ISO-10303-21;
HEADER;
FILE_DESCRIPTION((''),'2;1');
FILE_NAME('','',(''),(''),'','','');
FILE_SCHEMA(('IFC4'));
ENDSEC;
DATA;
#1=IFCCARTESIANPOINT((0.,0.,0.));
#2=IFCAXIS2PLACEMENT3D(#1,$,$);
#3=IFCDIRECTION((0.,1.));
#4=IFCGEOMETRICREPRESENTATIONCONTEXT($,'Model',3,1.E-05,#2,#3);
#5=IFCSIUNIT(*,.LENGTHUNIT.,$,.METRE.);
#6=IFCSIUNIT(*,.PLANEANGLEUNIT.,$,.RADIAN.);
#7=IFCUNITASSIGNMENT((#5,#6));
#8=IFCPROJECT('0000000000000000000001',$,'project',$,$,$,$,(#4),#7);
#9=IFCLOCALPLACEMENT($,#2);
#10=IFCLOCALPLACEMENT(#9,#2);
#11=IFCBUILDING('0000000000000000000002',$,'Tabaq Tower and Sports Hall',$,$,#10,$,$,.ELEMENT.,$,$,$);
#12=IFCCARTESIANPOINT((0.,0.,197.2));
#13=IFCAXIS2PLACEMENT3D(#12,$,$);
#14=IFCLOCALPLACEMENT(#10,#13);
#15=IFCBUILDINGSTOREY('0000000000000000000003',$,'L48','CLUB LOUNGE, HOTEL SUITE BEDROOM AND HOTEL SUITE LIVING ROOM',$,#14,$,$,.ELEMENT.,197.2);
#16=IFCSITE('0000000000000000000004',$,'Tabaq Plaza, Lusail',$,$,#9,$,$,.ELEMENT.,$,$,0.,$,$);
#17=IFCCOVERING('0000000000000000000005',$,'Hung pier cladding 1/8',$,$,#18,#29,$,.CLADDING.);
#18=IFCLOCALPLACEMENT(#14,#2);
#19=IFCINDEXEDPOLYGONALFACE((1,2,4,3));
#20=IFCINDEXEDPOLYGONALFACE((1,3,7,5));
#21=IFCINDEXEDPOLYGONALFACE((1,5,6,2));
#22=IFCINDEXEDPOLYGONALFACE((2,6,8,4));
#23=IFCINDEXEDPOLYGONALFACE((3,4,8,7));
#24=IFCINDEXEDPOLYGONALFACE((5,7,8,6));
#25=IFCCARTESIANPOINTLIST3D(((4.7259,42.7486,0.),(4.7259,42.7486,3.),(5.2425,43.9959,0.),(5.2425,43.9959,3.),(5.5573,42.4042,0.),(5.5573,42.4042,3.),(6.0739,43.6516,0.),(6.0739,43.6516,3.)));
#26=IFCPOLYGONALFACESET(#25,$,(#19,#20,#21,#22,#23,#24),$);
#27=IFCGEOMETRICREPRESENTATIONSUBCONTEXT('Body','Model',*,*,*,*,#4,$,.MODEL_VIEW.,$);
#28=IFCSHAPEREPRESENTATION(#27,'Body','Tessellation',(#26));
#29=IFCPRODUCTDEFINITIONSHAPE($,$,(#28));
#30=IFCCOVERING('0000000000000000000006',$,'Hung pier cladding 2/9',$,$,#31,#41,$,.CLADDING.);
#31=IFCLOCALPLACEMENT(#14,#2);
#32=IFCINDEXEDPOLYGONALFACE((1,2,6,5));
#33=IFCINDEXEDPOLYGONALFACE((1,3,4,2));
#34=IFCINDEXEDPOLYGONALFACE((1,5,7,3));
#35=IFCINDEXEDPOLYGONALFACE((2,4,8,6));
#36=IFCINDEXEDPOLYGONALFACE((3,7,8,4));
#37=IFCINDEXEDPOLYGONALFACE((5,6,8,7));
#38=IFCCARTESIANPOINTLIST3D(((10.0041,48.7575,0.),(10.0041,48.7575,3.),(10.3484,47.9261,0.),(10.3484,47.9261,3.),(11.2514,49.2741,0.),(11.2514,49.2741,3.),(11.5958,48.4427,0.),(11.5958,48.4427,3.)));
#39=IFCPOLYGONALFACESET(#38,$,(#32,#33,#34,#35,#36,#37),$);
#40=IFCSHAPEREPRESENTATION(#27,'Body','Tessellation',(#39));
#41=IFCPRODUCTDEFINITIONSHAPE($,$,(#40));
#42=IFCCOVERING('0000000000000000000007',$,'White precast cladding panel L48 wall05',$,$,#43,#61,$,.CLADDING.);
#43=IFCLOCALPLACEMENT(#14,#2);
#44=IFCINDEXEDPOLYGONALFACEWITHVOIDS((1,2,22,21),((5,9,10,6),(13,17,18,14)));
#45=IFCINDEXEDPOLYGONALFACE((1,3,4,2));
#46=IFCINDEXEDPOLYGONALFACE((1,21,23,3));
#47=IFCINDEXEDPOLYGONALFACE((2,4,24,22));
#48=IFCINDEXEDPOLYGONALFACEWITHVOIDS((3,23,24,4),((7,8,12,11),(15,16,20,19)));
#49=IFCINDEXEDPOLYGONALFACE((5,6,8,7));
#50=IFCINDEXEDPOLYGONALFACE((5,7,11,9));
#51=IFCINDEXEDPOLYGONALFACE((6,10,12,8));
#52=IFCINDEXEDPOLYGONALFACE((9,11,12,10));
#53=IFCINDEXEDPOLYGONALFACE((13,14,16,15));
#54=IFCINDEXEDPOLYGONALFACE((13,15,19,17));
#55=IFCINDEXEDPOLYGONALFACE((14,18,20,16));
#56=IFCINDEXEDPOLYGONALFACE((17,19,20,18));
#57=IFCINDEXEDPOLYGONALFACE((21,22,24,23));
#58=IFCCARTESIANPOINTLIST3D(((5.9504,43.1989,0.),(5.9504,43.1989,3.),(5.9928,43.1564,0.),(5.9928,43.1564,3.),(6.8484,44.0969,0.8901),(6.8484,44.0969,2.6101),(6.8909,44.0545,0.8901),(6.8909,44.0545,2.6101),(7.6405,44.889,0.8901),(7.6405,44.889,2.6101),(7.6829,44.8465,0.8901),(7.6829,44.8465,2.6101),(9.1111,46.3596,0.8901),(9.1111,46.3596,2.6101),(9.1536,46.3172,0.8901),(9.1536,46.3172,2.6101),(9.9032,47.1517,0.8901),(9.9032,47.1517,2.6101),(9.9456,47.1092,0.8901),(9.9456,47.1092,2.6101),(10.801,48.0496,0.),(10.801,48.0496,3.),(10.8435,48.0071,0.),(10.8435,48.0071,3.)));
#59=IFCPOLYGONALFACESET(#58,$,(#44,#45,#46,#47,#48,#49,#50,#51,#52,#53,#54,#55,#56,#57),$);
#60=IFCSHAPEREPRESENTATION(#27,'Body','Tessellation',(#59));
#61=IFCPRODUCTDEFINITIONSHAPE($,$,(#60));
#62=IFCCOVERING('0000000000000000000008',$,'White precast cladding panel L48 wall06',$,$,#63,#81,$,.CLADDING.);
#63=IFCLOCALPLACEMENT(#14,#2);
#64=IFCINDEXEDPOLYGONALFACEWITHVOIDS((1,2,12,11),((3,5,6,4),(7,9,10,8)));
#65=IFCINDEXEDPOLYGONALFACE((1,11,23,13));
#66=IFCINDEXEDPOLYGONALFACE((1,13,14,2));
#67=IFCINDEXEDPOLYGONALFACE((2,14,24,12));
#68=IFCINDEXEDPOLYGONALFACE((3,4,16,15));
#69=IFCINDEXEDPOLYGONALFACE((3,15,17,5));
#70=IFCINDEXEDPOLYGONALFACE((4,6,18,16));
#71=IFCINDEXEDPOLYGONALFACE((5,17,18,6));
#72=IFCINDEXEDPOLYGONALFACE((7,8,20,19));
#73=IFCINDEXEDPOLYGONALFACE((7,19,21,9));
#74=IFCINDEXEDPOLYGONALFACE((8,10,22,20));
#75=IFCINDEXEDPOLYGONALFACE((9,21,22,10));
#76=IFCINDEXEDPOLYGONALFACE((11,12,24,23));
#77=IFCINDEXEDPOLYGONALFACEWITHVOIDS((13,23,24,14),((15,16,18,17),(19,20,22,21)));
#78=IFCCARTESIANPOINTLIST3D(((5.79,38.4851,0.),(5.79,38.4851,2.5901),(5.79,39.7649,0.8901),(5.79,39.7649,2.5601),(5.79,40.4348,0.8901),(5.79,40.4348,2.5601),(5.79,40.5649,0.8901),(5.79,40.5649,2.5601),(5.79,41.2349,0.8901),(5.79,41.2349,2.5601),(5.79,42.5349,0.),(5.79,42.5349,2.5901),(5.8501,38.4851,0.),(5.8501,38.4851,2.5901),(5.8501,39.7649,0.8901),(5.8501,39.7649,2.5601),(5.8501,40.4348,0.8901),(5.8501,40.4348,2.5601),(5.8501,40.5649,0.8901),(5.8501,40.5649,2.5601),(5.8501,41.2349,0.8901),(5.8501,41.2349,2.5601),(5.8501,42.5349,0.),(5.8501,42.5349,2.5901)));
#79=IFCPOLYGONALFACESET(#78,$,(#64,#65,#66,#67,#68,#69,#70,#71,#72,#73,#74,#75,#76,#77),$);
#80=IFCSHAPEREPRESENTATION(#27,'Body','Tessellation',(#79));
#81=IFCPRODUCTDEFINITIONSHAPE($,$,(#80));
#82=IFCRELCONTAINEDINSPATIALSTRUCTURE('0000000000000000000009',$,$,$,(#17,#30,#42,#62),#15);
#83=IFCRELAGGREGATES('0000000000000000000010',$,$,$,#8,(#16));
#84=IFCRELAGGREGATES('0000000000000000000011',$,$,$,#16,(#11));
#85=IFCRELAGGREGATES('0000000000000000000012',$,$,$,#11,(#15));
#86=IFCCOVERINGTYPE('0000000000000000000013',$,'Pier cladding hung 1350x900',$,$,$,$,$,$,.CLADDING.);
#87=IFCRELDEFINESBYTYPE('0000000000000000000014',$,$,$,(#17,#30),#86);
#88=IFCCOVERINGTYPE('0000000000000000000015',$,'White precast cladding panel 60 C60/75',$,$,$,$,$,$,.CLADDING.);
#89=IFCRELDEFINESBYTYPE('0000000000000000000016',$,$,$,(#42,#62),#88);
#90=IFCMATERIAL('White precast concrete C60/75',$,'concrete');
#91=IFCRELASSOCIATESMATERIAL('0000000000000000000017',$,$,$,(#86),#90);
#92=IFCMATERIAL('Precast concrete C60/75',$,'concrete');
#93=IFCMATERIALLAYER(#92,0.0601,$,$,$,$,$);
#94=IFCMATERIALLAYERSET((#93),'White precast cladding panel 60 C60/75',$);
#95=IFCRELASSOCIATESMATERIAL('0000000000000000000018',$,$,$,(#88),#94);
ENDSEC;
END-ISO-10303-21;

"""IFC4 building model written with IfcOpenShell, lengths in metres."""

from ifc_helpers import new_model, si_unit, direction, frame, frame_2d, origin, place, context, subcontext, project, spatial, polyline, rectangle, outline, extrude, material, layer, layer_set, type_object, element, save


model = new_model("IFC4")

# Units and contexts
model_context = context("Model", 3, precision=1e-05, world=origin(), true_north=direction((0.0, 1.0)))
body_context = subcontext(model_context, "Body", "Model", "MODEL_VIEW")
ifc_project = project(units=[si_unit("LENGTHUNIT", "METRE"), si_unit("PLANEANGLEUNIT", "RADIAN")], contexts=[model_context])

# Site, building, storey
site_placement = place(None, origin())
site = spatial("IfcSite", under=ifc_project, at=site_placement, Name="Tabaq Plaza, Lusail", CompositionType="ELEMENT", RefElevation=0.0)
building_placement = place(site_placement, origin())
building = spatial("IfcBuilding", under=site, at=building_placement, Name="Tabaq Tower and Sports Hall", CompositionType="ELEMENT")
storey_placement = place(building_placement, frame((0.0, 0.0, 197.2)))
storey = spatial("IfcBuildingStorey", under=building, at=storey_placement, Name="L48", Description="CLUB LOUNGE, HOTEL SUITE BEDROOM AND HOTEL SUITE LIVING ROOM", CompositionType="ELEMENT", Elevation=197.2)

# Coverings
ifc_material_1 = material(Name="White precast concrete C60/75", Category="concrete")
covering_type_1 = type_object("IfcCoveringType", Name="Pier cladding hung 1350x900", PredefinedType="CLADDING", material=ifc_material_1)
for number, where, z_axis, x_axis, name in (
    (1, (5.6582, 43.8237, 0.0), (0.0, 0.0, 1.0), (-0.38265, -0.923893, 0.0), "Hung pier cladding 1/8"),
    (2, (11.4236, 48.8584, 0.0), (0.0, 0.0, 1.0), (-0.923893, -0.38265, 0.0), "Hung pier cladding 2/9"),
):
    element("IfcCovering", number, at=place(storey_placement, frame(where, z_axis=z_axis, x_axis=x_axis)), inside=storey, type_object=covering_type_1, Name=name, PredefinedType="CLADDING", context=body_context, shape_type="SweptSolid", body=[
        extrude(rectangle(XDim=1.3501, YDim=0.8999, at=frame_2d((0.675, 0.0))), origin(), (0.0, 0.0, 1.0), 3.0),
    ])
ifc_material_2 = material(Name="Precast concrete C60/75", Category="concrete")
ifc_layer_1 = layer(ifc_material_2, 0.0601)
ifc_layer_set_1 = layer_set([ifc_layer_1], Name="White precast cladding panel 60 C60/75")
covering_type_2 = type_object("IfcCoveringType", Name="White precast cladding panel 60 C60/75", PredefinedType="CLADDING", material=ifc_layer_set_1)
covering_1_placement = place(storey_placement, frame((10.8223, 48.0283, 0.0), z_axis=(0.0, 0.0, 1.0), x_axis=(-0.707107, -0.707107, 0.0)))
element("IfcCovering", 3, at=covering_1_placement, inside=storey, type_object=covering_type_2, Name="White precast cladding panel L48 wall05", PredefinedType="CLADDING", context=body_context, shape_type="SweptSolid", body=[
    extrude(outline(polyline([(0.0, 0.0), (6.8599, 0.0), (6.8599, 3.0), (0.0, 3.0), (0.0, 0.0)]), holes=[polyline([(1.2698, 2.6101), (2.3899, 2.6101), (2.3899, 0.8901), (1.2698, 0.8901), (1.2698, 2.6101)]), polyline([(4.4697, 2.6101), (5.5898, 2.6101), (5.5898, 0.8901), (4.4697, 0.8901), (4.4697, 2.6101)])]), frame((0.0, 0.03, 0.0), z_axis=(0.0, -1.0, 0.0), x_axis=(1.0, 0.0, 0.0)), (0.0, 0.0, 1.0), 0.0601),
])
covering_2_placement = place(storey_placement, frame((5.8201, 42.5349, 0.0), z_axis=(0.0, 0.0, 1.0), x_axis=(0.0, -1.0, 0.0)))
element("IfcCovering", 4, at=covering_2_placement, inside=storey, type_object=covering_type_2, Name="White precast cladding panel L48 wall06", PredefinedType="CLADDING", context=body_context, shape_type="SweptSolid", body=[
    extrude(outline(polyline([(0.0, 0.0), (4.0498, 0.0), (4.0498, 2.5901), (0.0, 2.5901), (0.0, 0.0)]), holes=[polyline([(1.3, 0.8901), (1.3, 2.5601), (1.97, 2.5601), (1.97, 0.8901), (1.3, 0.8901)]), polyline([(2.1001, 0.8901), (2.1001, 2.5601), (2.77, 2.5601), (2.77, 0.8901), (2.1001, 0.8901)])]), frame((0.0, 0.03, 0.0), z_axis=(0.0, -1.0, 0.0), x_axis=(1.0, 0.0, 0.0)), (0.0, 0.0, 1.0), 0.0601),
])

save(model, "model.ifc")
